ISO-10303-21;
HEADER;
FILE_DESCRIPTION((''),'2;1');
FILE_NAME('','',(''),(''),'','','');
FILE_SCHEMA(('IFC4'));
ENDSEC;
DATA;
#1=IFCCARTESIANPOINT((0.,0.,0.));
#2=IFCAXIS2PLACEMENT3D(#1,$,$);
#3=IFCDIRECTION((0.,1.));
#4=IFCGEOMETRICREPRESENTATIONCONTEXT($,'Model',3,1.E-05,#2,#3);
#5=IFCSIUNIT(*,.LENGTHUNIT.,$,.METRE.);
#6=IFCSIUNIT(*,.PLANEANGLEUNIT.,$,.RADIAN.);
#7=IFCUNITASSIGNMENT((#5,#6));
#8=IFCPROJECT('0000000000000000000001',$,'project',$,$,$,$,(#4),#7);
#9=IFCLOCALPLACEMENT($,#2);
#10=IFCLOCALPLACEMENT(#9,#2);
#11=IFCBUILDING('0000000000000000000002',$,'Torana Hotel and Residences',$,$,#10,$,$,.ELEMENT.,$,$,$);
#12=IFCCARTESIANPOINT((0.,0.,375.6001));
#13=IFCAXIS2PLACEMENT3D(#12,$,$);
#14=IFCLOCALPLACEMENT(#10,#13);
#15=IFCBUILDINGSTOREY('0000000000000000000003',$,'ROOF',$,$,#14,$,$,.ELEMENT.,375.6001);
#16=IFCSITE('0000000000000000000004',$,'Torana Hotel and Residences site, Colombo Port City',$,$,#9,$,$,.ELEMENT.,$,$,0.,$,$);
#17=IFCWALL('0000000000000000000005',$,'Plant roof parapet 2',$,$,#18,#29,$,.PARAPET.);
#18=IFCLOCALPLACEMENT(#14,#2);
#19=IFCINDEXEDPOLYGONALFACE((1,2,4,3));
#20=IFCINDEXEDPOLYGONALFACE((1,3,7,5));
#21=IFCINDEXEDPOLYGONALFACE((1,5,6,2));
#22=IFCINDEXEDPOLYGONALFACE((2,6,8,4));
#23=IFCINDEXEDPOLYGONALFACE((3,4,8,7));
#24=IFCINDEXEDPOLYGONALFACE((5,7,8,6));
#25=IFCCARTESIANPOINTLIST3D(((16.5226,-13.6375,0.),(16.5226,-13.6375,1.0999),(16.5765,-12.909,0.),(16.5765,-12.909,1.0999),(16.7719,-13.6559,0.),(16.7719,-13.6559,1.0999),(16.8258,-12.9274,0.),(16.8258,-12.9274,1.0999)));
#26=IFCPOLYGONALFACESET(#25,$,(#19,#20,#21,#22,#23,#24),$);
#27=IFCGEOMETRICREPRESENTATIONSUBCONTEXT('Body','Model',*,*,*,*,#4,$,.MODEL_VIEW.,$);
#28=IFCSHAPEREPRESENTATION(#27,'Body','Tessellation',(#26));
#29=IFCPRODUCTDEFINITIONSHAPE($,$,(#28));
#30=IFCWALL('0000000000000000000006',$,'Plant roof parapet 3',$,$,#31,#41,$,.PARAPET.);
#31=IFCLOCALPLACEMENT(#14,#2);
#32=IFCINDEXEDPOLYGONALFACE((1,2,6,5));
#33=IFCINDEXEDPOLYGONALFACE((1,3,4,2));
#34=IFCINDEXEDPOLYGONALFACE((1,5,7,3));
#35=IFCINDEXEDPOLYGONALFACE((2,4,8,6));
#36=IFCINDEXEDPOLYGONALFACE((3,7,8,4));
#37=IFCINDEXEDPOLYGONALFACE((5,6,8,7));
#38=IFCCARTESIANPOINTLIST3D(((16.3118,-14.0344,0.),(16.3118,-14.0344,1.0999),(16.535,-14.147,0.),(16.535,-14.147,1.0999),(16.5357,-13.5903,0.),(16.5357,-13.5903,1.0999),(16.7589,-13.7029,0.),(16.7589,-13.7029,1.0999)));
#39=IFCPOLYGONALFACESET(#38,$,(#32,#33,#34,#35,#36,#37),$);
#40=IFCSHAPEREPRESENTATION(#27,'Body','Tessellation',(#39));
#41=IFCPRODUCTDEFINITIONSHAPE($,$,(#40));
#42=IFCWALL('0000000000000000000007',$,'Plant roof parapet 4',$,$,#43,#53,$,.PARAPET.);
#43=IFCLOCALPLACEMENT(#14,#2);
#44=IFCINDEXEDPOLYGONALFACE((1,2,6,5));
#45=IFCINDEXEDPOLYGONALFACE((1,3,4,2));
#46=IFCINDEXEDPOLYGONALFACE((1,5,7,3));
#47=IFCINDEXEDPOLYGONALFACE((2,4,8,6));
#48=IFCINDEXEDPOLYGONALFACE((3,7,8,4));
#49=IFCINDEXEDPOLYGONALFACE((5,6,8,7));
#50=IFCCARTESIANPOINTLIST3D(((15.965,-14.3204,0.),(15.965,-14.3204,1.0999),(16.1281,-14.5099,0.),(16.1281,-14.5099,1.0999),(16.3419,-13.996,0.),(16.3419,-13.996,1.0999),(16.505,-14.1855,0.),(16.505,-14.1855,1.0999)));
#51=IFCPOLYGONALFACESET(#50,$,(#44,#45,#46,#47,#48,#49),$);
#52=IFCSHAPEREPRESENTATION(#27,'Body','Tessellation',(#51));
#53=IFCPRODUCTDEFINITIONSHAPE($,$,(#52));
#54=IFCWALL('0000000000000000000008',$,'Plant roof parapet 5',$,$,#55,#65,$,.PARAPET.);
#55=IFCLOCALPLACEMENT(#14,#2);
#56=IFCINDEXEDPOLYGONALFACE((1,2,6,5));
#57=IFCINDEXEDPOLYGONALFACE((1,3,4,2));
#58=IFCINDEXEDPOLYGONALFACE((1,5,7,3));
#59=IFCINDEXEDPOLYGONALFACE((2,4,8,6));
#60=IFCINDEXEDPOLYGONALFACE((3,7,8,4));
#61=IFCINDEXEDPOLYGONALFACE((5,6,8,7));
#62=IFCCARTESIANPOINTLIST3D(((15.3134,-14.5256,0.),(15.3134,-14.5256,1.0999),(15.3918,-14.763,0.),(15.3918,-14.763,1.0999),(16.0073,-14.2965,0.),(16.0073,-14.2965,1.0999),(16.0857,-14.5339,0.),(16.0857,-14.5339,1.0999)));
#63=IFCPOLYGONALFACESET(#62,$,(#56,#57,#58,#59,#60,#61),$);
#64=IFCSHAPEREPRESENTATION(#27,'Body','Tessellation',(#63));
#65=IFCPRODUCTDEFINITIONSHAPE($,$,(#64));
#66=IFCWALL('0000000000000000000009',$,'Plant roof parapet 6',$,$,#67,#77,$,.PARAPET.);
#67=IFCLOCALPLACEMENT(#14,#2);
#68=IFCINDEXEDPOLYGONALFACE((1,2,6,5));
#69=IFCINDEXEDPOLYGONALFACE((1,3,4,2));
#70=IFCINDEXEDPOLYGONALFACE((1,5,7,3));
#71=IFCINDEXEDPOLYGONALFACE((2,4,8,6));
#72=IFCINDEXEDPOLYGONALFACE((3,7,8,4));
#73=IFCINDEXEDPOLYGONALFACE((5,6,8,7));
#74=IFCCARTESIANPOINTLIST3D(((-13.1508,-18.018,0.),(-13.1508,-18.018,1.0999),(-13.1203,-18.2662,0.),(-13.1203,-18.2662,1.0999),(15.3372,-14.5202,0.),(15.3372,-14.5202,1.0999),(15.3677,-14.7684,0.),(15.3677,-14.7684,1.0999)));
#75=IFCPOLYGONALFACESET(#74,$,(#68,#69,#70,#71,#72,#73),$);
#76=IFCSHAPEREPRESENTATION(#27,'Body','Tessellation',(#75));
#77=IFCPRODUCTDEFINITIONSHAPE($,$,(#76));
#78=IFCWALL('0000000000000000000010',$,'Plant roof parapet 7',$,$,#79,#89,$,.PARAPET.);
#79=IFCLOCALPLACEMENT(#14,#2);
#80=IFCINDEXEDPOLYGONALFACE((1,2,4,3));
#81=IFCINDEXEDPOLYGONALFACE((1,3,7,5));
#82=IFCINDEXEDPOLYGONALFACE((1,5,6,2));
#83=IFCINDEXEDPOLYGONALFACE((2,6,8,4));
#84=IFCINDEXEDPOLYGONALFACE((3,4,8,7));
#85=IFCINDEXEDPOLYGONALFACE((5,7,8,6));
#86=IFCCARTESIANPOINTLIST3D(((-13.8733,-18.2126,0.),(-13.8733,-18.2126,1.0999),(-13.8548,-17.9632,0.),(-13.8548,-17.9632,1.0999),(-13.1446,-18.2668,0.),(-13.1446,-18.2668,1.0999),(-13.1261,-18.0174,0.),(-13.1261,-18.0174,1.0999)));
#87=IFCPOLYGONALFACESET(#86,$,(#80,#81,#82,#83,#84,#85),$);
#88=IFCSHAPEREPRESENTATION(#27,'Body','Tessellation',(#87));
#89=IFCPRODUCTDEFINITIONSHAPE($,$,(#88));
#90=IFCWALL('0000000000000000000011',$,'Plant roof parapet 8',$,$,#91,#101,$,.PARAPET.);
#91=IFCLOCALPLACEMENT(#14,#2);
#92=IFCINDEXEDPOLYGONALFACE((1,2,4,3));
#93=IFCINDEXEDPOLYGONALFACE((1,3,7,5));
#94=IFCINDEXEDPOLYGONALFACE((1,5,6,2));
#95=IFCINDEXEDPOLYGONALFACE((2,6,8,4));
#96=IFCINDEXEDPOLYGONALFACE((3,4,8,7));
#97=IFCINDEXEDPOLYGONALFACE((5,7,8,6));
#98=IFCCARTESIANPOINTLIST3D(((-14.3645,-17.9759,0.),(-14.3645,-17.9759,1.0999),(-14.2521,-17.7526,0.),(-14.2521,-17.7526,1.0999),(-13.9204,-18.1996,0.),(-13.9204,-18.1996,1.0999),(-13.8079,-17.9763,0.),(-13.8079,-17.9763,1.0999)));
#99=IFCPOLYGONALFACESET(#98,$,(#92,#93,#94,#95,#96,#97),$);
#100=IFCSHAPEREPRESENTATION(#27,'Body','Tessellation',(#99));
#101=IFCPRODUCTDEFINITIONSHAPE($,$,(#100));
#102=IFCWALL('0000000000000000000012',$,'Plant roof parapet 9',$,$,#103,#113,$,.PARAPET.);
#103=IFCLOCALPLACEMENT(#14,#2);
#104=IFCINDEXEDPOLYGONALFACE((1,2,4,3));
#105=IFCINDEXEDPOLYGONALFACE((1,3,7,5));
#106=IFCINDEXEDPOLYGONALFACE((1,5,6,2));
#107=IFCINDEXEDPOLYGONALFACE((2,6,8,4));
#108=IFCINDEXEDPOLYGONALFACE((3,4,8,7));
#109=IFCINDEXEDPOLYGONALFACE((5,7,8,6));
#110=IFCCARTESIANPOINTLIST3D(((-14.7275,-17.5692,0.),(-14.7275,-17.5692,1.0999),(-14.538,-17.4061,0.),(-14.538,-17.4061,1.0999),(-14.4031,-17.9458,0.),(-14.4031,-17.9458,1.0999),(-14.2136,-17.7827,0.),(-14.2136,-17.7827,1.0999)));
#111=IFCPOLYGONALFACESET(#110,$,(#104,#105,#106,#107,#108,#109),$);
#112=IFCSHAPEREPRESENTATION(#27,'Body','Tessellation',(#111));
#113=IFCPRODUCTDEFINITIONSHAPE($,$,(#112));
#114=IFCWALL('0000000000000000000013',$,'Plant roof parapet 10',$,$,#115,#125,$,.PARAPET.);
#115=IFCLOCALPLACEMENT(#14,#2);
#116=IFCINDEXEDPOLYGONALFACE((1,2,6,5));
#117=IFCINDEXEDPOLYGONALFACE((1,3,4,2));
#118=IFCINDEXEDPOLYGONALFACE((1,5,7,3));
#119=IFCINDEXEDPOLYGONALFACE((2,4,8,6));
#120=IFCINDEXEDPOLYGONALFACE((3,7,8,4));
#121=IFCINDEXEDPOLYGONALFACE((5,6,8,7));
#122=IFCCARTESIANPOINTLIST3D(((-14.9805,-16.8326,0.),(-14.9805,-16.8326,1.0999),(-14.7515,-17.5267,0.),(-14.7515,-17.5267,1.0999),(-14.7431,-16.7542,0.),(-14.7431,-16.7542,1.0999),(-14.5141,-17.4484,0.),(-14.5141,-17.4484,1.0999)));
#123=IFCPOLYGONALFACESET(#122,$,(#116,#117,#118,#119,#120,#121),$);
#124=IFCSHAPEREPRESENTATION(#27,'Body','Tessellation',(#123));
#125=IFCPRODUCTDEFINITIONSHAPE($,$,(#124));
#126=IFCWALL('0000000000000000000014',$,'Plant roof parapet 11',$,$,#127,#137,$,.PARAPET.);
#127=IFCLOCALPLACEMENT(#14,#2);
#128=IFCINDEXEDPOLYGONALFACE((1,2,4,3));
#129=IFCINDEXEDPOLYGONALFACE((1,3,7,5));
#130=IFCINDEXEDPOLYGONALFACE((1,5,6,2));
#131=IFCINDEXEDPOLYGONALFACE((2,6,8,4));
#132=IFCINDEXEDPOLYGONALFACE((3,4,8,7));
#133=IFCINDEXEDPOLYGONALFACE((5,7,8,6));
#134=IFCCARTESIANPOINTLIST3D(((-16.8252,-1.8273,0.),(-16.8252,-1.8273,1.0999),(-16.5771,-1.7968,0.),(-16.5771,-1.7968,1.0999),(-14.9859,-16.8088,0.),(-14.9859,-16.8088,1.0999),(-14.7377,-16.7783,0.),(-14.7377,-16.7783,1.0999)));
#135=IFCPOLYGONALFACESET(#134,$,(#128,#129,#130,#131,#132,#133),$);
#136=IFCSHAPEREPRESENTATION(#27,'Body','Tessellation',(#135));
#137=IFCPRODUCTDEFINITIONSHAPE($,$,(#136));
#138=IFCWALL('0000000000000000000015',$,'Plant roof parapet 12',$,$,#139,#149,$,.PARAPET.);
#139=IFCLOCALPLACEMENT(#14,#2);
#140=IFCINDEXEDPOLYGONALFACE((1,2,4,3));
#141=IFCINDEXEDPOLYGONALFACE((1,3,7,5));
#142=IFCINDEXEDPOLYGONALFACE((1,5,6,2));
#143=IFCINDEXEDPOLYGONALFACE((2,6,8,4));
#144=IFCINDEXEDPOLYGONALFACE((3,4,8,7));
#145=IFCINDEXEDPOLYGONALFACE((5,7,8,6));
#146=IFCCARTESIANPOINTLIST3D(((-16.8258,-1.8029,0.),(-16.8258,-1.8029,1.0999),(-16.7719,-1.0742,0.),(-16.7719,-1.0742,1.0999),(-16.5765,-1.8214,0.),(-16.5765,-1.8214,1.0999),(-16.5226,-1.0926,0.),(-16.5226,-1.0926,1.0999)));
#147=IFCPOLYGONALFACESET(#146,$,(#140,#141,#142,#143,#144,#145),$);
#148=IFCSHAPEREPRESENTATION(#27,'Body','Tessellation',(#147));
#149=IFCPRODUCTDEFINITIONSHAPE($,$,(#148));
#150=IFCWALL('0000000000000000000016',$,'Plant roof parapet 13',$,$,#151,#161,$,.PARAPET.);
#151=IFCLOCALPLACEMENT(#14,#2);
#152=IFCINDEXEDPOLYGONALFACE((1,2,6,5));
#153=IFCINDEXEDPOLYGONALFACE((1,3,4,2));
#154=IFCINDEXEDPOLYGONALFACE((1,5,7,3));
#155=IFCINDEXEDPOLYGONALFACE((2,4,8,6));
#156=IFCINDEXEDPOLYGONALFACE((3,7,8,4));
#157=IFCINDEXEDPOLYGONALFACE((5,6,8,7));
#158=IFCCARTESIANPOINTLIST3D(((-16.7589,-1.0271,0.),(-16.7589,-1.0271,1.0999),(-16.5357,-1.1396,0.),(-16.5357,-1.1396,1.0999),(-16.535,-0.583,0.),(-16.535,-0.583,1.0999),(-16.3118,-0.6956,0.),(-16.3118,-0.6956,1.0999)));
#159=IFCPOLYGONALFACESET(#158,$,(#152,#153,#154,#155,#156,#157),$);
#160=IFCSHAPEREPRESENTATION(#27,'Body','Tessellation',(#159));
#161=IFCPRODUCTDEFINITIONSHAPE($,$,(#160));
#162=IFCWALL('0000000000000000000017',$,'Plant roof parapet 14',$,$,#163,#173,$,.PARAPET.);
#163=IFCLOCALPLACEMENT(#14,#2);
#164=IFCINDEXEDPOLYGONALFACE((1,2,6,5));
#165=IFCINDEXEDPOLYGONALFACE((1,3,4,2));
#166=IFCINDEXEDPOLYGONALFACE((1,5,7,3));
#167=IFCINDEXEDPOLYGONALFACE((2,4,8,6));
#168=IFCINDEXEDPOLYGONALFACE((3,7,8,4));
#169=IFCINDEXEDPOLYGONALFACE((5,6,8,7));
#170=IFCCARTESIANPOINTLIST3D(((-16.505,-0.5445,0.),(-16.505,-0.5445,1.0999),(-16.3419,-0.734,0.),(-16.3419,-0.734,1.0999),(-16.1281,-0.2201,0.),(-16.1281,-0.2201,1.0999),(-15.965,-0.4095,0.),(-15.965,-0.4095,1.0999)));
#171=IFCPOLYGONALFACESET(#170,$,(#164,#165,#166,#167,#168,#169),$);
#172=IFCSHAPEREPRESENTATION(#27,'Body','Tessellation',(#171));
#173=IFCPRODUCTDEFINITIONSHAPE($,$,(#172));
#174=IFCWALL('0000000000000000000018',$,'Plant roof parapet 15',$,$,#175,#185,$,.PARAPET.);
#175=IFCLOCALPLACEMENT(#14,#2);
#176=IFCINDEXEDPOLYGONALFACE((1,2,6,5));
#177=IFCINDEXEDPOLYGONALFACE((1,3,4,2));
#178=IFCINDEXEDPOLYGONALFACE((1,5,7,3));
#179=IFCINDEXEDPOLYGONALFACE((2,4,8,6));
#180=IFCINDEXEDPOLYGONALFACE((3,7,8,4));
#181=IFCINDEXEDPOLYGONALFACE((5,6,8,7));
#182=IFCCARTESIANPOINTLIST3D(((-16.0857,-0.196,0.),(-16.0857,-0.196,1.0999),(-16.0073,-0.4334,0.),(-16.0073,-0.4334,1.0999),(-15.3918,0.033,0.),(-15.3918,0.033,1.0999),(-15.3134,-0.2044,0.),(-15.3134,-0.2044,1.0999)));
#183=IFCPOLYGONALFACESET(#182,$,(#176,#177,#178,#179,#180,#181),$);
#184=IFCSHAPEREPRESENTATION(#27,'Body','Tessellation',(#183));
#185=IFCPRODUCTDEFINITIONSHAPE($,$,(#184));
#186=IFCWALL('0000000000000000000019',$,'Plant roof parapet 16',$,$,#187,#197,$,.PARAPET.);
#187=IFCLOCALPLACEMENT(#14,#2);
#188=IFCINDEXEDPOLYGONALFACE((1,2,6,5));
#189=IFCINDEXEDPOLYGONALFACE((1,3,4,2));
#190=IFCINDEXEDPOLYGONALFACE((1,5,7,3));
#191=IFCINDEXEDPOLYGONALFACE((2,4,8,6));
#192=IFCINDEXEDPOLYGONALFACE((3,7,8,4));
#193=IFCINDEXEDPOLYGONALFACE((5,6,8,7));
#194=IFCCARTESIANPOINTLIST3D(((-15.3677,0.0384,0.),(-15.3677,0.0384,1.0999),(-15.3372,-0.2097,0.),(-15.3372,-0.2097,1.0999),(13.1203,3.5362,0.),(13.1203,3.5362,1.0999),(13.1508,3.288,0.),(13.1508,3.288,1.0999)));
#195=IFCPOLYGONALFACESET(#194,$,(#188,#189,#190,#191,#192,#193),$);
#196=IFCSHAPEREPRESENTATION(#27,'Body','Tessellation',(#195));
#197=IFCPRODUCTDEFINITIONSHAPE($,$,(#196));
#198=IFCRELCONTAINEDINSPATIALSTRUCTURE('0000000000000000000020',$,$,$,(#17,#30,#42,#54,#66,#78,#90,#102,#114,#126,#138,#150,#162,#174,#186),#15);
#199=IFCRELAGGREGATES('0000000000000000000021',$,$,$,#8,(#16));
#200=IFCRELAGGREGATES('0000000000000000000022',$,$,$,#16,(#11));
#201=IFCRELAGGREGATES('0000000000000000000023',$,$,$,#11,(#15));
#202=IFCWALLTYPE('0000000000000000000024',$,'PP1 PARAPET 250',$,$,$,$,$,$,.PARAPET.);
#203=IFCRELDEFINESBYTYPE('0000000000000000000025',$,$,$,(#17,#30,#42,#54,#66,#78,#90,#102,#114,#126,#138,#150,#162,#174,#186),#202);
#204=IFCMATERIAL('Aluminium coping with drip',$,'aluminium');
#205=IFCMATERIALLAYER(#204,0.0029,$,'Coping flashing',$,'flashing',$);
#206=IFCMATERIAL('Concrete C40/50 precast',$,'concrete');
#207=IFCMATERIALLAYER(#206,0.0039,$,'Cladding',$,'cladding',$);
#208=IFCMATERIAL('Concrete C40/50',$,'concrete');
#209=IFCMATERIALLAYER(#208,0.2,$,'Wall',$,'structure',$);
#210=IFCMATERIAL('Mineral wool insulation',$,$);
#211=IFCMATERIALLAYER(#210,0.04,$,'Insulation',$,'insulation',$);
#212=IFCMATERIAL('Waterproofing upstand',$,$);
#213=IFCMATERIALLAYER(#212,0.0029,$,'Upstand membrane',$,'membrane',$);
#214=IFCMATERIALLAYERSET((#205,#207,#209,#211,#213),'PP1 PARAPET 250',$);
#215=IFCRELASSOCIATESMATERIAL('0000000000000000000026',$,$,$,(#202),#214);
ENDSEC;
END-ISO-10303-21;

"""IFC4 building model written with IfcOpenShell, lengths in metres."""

from ifc_helpers import new_model, si_unit, direction, frame, frame_2d, origin, place, context, subcontext, project, spatial, rectangle, extrude, material, layer, layer_set, type_object, element, save


model = new_model("IFC4")

# Units and contexts
model_context = context("Model", 3, precision=1e-05, world=origin(), true_north=direction((0.0, 1.0)))
body_context = subcontext(model_context, "Body", "Model", "MODEL_VIEW")
ifc_project = project(units=[si_unit("LENGTHUNIT", "METRE"), si_unit("PLANEANGLEUNIT", "RADIAN")], contexts=[model_context])

# Site, building, storey
site_placement = place(None, origin())
site = spatial("IfcSite", under=ifc_project, at=site_placement, Name="Torana Hotel and Residences site, Colombo Port City", CompositionType="ELEMENT", RefElevation=0.0)
building_placement = place(site_placement, origin())
building = spatial("IfcBuilding", under=site, at=building_placement, Name="Torana Hotel and Residences", CompositionType="ELEMENT")
storey_placement = place(building_placement, frame((0.0, 0.0, 375.6001)))
storey = spatial("IfcBuildingStorey", under=building, at=storey_placement, Name="ROOF", CompositionType="ELEMENT", Elevation=375.6001)

# Walls
ifc_material_1 = material(Name="Aluminium coping with drip", Category="aluminium")
ifc_layer_1 = layer(ifc_material_1, 0.0029, Name="Coping flashing", Category="flashing")
ifc_material_2 = material(Name="Concrete C40/50 precast", Category="concrete")
ifc_layer_2 = layer(ifc_material_2, 0.0039, Name="Cladding", Category="cladding")
ifc_material_3 = material(Name="Concrete C40/50", Category="concrete")
ifc_layer_3 = layer(ifc_material_3, 0.2, Name="Wall", Category="structure")
ifc_material_4 = material(Name="Mineral wool insulation")
ifc_layer_4 = layer(ifc_material_4, 0.04, Name="Insulation", Category="insulation")
ifc_material_5 = material(Name="Waterproofing upstand")
ifc_layer_5 = layer(ifc_material_5, 0.0029, Name="Upstand membrane", Category="membrane")
ifc_layer_set_1 = layer_set([ifc_layer_1, ifc_layer_2, ifc_layer_3, ifc_layer_4, ifc_layer_5], Name="PP1 PARAPET 250")
wall_type_1 = type_object("IfcWallType", Name="PP1 PARAPET 250", PredefinedType="PARAPET", material=ifc_layer_set_1)
wall_1_placement = place(storey_placement, frame((16.7012, -12.9182, 0.0), z_axis=(0.0, 0.0, 1.0), x_axis=(-0.073859, -0.997269, 0.0)))
element("IfcWall", 1, at=wall_1_placement, inside=storey, type_object=wall_type_1, Name="Plant roof parapet 2", PredefinedType="PARAPET", context=body_context, shape_type="SweptSolid", body=[
    extrude(rectangle(XDim=0.7305, YDim=0.25, at=frame_2d((0.3652, 0.0))), origin(), (0.0, 0.0, 1.0), 1.0999),
])
for number, where, z_axis, x_axis, name in (
    (2, (16.6472, -13.6467, 0.0), (0.0, 0.0, 1.0), (-0.450157, -0.89295, 0.0), "Plant roof parapet 3"),
    (3, (16.4233, -14.0908, 0.0), (0.0, 0.0, 1.0), (-0.757904, -0.652367, 0.0), "Plant roof parapet 4"),
):
    element("IfcWall", number, at=place(storey_placement, frame(where, z_axis=z_axis, x_axis=x_axis)), inside=storey, type_object=wall_type_1, Name=name, PredefinedType="PARAPET", context=body_context, shape_type="SweptSolid", body=[
        extrude(rectangle(XDim=0.4973, YDim=0.25, at=frame_2d((0.2485, 0.0))), origin(), (0.0, 0.0, 1.0), 1.0999),
    ])
wall_2_placement = place(storey_placement, frame((16.0464, -14.4153, 0.0), z_axis=(0.0, 0.0, 1.0), x_axis=(-0.949615, -0.31342, 0.0)))
element("IfcWall", 4, at=wall_2_placement, inside=storey, type_object=wall_type_1, Name="Plant roof parapet 5", PredefinedType="PARAPET", context=body_context, shape_type="SweptSolid", body=[
    extrude(rectangle(XDim=0.7307, YDim=0.25, at=frame_2d((0.3652, 0.0))), origin(), (0.0, 0.0, 1.0), 1.0999),
])
wall_3_placement = place(storey_placement, frame((15.3525, -14.6443, 0.0), z_axis=(0.0, 0.0, 1.0), x_axis=(-0.992547, -0.121866, 0.0)))
element("IfcWall", 5, at=wall_3_placement, inside=storey, type_object=wall_type_1, Name="Plant roof parapet 6", PredefinedType="PARAPET", context=body_context, shape_type="SweptSolid", body=[
    extrude(rectangle(XDim=28.7019, YDim=0.25, at=frame_2d((14.3511, 0.0))), origin(), (0.0, 0.0, 1.0), 1.0999),
])
wall_4_placement = place(storey_placement, frame((-13.1355, -18.1421, 0.0), z_axis=(0.0, 0.0, 1.0), x_axis=(-0.997246, 0.074167, 0.0)))
element("IfcWall", 6, at=wall_4_placement, inside=storey, type_object=wall_type_1, Name="Plant roof parapet 7", PredefinedType="PARAPET", context=body_context, shape_type="SweptSolid", body=[
    extrude(rectangle(XDim=0.7307, YDim=0.25, at=frame_2d((0.3652, 0.0))), origin(), (0.0, 0.0, 1.0), 1.0999),
])
wall_5_placement = place(storey_placement, frame((-13.8643, -18.0879, 0.0), z_axis=(0.0, 0.0, 1.0), x_axis=(-0.893147, 0.449765, 0.0)))
element("IfcWall", 7, at=wall_5_placement, inside=storey, type_object=wall_type_1, Name="Plant roof parapet 8", PredefinedType="PARAPET", context=body_context, shape_type="SweptSolid", body=[
    extrude(rectangle(XDim=0.4973, YDim=0.25, at=frame_2d((0.2485, 0.0))), origin(), (0.0, 0.0, 1.0), 1.0999),
])
wall_6_placement = place(storey_placement, frame((-14.3083, -17.8643, 0.0), z_axis=(0.0, 0.0, 1.0), x_axis=(-0.652609, 0.757695, 0.0)))
element("IfcWall", 8, at=wall_6_placement, inside=storey, type_object=wall_type_1, Name="Plant roof parapet 9", PredefinedType="PARAPET", context=body_context, shape_type="SweptSolid", body=[
    extrude(rectangle(XDim=0.4971, YDim=0.25, at=frame_2d((0.2485, 0.0))), origin(), (0.0, 0.0, 1.0), 1.0999),
])
wall_7_placement = place(storey_placement, frame((-14.6328, -17.4875, 0.0), z_axis=(0.0, 0.0, 1.0), x_axis=(-0.31332, 0.949648, 0.0)))
element("IfcWall", 9, at=wall_7_placement, inside=storey, type_object=wall_type_1, Name="Plant roof parapet 10", PredefinedType="PARAPET", context=body_context, shape_type="SweptSolid", body=[
    extrude(rectangle(XDim=0.731, YDim=0.25, at=frame_2d((0.3655, 0.0))), origin(), (0.0, 0.0, 1.0), 1.0999),
])
wall_8_placement = place(storey_placement, frame((-14.8618, -16.7935, 0.0), z_axis=(0.0, 0.0, 1.0), x_axis=(-0.121861, 0.992547, 0.0)))
element("IfcWall", 10, at=wall_8_placement, inside=storey, type_object=wall_type_1, Name="Plant roof parapet 11", PredefinedType="PARAPET", context=body_context, shape_type="SweptSolid", body=[
    extrude(rectangle(XDim=15.094, YDim=0.25, at=frame_2d((7.5469, 0.0))), origin(), (0.0, 0.0, 1.0), 1.0999),
])
wall_9_placement = place(storey_placement, frame((-16.7012, -1.812, 0.0), z_axis=(0.0, 0.0, 1.0), x_axis=(0.073835, 0.99727, 0.0)))
element("IfcWall", 11, at=wall_9_placement, inside=storey, type_object=wall_type_1, Name="Plant roof parapet 12", PredefinedType="PARAPET", context=body_context, shape_type="SweptSolid", body=[
    extrude(rectangle(XDim=0.7307, YDim=0.25, at=frame_2d((0.3652, 0.0))), origin(), (0.0, 0.0, 1.0), 1.0999),
])
for number, where, z_axis, x_axis, name in (
    (12, (-16.6472, -1.0833, 0.0), (0.0, 0.0, 1.0), (0.450157, 0.89295, 0.0), "Plant roof parapet 13"),
    (13, (-16.4233, -0.6392, 0.0), (0.0, 0.0, 1.0), (0.757904, 0.652367, 0.0), "Plant roof parapet 14"),
):
    element("IfcWall", number, at=place(storey_placement, frame(where, z_axis=z_axis, x_axis=x_axis)), inside=storey, type_object=wall_type_1, Name=name, PredefinedType="PARAPET", context=body_context, shape_type="SweptSolid", body=[
        extrude(rectangle(XDim=0.4973, YDim=0.25, at=frame_2d((0.2485, 0.0))), origin(), (0.0, 0.0, 1.0), 1.0999),
    ])
wall_10_placement = place(storey_placement, frame((-16.0464, -0.3147, 0.0), z_axis=(0.0, 0.0, 1.0), x_axis=(0.949615, 0.31342, 0.0)))
element("IfcWall", 14, at=wall_10_placement, inside=storey, type_object=wall_type_1, Name="Plant roof parapet 15", PredefinedType="PARAPET", context=body_context, shape_type="SweptSolid", body=[
    extrude(rectangle(XDim=0.7307, YDim=0.25, at=frame_2d((0.3652, 0.0))), origin(), (0.0, 0.0, 1.0), 1.0999),
])
wall_11_placement = place(storey_placement, frame((-15.3525, -0.0857, 0.0), z_axis=(0.0, 0.0, 1.0), x_axis=(0.992547, 0.121866, 0.0)))
element("IfcWall", 15, at=wall_11_placement, inside=storey, type_object=wall_type_1, Name="Plant roof parapet 16", PredefinedType="PARAPET", context=body_context, shape_type="SweptSolid", body=[
    extrude(rectangle(XDim=28.7019, YDim=0.25, at=frame_2d((14.3511, 0.0))), origin(), (0.0, 0.0, 1.0), 1.0999),
])

save(model, "model.ifc")
